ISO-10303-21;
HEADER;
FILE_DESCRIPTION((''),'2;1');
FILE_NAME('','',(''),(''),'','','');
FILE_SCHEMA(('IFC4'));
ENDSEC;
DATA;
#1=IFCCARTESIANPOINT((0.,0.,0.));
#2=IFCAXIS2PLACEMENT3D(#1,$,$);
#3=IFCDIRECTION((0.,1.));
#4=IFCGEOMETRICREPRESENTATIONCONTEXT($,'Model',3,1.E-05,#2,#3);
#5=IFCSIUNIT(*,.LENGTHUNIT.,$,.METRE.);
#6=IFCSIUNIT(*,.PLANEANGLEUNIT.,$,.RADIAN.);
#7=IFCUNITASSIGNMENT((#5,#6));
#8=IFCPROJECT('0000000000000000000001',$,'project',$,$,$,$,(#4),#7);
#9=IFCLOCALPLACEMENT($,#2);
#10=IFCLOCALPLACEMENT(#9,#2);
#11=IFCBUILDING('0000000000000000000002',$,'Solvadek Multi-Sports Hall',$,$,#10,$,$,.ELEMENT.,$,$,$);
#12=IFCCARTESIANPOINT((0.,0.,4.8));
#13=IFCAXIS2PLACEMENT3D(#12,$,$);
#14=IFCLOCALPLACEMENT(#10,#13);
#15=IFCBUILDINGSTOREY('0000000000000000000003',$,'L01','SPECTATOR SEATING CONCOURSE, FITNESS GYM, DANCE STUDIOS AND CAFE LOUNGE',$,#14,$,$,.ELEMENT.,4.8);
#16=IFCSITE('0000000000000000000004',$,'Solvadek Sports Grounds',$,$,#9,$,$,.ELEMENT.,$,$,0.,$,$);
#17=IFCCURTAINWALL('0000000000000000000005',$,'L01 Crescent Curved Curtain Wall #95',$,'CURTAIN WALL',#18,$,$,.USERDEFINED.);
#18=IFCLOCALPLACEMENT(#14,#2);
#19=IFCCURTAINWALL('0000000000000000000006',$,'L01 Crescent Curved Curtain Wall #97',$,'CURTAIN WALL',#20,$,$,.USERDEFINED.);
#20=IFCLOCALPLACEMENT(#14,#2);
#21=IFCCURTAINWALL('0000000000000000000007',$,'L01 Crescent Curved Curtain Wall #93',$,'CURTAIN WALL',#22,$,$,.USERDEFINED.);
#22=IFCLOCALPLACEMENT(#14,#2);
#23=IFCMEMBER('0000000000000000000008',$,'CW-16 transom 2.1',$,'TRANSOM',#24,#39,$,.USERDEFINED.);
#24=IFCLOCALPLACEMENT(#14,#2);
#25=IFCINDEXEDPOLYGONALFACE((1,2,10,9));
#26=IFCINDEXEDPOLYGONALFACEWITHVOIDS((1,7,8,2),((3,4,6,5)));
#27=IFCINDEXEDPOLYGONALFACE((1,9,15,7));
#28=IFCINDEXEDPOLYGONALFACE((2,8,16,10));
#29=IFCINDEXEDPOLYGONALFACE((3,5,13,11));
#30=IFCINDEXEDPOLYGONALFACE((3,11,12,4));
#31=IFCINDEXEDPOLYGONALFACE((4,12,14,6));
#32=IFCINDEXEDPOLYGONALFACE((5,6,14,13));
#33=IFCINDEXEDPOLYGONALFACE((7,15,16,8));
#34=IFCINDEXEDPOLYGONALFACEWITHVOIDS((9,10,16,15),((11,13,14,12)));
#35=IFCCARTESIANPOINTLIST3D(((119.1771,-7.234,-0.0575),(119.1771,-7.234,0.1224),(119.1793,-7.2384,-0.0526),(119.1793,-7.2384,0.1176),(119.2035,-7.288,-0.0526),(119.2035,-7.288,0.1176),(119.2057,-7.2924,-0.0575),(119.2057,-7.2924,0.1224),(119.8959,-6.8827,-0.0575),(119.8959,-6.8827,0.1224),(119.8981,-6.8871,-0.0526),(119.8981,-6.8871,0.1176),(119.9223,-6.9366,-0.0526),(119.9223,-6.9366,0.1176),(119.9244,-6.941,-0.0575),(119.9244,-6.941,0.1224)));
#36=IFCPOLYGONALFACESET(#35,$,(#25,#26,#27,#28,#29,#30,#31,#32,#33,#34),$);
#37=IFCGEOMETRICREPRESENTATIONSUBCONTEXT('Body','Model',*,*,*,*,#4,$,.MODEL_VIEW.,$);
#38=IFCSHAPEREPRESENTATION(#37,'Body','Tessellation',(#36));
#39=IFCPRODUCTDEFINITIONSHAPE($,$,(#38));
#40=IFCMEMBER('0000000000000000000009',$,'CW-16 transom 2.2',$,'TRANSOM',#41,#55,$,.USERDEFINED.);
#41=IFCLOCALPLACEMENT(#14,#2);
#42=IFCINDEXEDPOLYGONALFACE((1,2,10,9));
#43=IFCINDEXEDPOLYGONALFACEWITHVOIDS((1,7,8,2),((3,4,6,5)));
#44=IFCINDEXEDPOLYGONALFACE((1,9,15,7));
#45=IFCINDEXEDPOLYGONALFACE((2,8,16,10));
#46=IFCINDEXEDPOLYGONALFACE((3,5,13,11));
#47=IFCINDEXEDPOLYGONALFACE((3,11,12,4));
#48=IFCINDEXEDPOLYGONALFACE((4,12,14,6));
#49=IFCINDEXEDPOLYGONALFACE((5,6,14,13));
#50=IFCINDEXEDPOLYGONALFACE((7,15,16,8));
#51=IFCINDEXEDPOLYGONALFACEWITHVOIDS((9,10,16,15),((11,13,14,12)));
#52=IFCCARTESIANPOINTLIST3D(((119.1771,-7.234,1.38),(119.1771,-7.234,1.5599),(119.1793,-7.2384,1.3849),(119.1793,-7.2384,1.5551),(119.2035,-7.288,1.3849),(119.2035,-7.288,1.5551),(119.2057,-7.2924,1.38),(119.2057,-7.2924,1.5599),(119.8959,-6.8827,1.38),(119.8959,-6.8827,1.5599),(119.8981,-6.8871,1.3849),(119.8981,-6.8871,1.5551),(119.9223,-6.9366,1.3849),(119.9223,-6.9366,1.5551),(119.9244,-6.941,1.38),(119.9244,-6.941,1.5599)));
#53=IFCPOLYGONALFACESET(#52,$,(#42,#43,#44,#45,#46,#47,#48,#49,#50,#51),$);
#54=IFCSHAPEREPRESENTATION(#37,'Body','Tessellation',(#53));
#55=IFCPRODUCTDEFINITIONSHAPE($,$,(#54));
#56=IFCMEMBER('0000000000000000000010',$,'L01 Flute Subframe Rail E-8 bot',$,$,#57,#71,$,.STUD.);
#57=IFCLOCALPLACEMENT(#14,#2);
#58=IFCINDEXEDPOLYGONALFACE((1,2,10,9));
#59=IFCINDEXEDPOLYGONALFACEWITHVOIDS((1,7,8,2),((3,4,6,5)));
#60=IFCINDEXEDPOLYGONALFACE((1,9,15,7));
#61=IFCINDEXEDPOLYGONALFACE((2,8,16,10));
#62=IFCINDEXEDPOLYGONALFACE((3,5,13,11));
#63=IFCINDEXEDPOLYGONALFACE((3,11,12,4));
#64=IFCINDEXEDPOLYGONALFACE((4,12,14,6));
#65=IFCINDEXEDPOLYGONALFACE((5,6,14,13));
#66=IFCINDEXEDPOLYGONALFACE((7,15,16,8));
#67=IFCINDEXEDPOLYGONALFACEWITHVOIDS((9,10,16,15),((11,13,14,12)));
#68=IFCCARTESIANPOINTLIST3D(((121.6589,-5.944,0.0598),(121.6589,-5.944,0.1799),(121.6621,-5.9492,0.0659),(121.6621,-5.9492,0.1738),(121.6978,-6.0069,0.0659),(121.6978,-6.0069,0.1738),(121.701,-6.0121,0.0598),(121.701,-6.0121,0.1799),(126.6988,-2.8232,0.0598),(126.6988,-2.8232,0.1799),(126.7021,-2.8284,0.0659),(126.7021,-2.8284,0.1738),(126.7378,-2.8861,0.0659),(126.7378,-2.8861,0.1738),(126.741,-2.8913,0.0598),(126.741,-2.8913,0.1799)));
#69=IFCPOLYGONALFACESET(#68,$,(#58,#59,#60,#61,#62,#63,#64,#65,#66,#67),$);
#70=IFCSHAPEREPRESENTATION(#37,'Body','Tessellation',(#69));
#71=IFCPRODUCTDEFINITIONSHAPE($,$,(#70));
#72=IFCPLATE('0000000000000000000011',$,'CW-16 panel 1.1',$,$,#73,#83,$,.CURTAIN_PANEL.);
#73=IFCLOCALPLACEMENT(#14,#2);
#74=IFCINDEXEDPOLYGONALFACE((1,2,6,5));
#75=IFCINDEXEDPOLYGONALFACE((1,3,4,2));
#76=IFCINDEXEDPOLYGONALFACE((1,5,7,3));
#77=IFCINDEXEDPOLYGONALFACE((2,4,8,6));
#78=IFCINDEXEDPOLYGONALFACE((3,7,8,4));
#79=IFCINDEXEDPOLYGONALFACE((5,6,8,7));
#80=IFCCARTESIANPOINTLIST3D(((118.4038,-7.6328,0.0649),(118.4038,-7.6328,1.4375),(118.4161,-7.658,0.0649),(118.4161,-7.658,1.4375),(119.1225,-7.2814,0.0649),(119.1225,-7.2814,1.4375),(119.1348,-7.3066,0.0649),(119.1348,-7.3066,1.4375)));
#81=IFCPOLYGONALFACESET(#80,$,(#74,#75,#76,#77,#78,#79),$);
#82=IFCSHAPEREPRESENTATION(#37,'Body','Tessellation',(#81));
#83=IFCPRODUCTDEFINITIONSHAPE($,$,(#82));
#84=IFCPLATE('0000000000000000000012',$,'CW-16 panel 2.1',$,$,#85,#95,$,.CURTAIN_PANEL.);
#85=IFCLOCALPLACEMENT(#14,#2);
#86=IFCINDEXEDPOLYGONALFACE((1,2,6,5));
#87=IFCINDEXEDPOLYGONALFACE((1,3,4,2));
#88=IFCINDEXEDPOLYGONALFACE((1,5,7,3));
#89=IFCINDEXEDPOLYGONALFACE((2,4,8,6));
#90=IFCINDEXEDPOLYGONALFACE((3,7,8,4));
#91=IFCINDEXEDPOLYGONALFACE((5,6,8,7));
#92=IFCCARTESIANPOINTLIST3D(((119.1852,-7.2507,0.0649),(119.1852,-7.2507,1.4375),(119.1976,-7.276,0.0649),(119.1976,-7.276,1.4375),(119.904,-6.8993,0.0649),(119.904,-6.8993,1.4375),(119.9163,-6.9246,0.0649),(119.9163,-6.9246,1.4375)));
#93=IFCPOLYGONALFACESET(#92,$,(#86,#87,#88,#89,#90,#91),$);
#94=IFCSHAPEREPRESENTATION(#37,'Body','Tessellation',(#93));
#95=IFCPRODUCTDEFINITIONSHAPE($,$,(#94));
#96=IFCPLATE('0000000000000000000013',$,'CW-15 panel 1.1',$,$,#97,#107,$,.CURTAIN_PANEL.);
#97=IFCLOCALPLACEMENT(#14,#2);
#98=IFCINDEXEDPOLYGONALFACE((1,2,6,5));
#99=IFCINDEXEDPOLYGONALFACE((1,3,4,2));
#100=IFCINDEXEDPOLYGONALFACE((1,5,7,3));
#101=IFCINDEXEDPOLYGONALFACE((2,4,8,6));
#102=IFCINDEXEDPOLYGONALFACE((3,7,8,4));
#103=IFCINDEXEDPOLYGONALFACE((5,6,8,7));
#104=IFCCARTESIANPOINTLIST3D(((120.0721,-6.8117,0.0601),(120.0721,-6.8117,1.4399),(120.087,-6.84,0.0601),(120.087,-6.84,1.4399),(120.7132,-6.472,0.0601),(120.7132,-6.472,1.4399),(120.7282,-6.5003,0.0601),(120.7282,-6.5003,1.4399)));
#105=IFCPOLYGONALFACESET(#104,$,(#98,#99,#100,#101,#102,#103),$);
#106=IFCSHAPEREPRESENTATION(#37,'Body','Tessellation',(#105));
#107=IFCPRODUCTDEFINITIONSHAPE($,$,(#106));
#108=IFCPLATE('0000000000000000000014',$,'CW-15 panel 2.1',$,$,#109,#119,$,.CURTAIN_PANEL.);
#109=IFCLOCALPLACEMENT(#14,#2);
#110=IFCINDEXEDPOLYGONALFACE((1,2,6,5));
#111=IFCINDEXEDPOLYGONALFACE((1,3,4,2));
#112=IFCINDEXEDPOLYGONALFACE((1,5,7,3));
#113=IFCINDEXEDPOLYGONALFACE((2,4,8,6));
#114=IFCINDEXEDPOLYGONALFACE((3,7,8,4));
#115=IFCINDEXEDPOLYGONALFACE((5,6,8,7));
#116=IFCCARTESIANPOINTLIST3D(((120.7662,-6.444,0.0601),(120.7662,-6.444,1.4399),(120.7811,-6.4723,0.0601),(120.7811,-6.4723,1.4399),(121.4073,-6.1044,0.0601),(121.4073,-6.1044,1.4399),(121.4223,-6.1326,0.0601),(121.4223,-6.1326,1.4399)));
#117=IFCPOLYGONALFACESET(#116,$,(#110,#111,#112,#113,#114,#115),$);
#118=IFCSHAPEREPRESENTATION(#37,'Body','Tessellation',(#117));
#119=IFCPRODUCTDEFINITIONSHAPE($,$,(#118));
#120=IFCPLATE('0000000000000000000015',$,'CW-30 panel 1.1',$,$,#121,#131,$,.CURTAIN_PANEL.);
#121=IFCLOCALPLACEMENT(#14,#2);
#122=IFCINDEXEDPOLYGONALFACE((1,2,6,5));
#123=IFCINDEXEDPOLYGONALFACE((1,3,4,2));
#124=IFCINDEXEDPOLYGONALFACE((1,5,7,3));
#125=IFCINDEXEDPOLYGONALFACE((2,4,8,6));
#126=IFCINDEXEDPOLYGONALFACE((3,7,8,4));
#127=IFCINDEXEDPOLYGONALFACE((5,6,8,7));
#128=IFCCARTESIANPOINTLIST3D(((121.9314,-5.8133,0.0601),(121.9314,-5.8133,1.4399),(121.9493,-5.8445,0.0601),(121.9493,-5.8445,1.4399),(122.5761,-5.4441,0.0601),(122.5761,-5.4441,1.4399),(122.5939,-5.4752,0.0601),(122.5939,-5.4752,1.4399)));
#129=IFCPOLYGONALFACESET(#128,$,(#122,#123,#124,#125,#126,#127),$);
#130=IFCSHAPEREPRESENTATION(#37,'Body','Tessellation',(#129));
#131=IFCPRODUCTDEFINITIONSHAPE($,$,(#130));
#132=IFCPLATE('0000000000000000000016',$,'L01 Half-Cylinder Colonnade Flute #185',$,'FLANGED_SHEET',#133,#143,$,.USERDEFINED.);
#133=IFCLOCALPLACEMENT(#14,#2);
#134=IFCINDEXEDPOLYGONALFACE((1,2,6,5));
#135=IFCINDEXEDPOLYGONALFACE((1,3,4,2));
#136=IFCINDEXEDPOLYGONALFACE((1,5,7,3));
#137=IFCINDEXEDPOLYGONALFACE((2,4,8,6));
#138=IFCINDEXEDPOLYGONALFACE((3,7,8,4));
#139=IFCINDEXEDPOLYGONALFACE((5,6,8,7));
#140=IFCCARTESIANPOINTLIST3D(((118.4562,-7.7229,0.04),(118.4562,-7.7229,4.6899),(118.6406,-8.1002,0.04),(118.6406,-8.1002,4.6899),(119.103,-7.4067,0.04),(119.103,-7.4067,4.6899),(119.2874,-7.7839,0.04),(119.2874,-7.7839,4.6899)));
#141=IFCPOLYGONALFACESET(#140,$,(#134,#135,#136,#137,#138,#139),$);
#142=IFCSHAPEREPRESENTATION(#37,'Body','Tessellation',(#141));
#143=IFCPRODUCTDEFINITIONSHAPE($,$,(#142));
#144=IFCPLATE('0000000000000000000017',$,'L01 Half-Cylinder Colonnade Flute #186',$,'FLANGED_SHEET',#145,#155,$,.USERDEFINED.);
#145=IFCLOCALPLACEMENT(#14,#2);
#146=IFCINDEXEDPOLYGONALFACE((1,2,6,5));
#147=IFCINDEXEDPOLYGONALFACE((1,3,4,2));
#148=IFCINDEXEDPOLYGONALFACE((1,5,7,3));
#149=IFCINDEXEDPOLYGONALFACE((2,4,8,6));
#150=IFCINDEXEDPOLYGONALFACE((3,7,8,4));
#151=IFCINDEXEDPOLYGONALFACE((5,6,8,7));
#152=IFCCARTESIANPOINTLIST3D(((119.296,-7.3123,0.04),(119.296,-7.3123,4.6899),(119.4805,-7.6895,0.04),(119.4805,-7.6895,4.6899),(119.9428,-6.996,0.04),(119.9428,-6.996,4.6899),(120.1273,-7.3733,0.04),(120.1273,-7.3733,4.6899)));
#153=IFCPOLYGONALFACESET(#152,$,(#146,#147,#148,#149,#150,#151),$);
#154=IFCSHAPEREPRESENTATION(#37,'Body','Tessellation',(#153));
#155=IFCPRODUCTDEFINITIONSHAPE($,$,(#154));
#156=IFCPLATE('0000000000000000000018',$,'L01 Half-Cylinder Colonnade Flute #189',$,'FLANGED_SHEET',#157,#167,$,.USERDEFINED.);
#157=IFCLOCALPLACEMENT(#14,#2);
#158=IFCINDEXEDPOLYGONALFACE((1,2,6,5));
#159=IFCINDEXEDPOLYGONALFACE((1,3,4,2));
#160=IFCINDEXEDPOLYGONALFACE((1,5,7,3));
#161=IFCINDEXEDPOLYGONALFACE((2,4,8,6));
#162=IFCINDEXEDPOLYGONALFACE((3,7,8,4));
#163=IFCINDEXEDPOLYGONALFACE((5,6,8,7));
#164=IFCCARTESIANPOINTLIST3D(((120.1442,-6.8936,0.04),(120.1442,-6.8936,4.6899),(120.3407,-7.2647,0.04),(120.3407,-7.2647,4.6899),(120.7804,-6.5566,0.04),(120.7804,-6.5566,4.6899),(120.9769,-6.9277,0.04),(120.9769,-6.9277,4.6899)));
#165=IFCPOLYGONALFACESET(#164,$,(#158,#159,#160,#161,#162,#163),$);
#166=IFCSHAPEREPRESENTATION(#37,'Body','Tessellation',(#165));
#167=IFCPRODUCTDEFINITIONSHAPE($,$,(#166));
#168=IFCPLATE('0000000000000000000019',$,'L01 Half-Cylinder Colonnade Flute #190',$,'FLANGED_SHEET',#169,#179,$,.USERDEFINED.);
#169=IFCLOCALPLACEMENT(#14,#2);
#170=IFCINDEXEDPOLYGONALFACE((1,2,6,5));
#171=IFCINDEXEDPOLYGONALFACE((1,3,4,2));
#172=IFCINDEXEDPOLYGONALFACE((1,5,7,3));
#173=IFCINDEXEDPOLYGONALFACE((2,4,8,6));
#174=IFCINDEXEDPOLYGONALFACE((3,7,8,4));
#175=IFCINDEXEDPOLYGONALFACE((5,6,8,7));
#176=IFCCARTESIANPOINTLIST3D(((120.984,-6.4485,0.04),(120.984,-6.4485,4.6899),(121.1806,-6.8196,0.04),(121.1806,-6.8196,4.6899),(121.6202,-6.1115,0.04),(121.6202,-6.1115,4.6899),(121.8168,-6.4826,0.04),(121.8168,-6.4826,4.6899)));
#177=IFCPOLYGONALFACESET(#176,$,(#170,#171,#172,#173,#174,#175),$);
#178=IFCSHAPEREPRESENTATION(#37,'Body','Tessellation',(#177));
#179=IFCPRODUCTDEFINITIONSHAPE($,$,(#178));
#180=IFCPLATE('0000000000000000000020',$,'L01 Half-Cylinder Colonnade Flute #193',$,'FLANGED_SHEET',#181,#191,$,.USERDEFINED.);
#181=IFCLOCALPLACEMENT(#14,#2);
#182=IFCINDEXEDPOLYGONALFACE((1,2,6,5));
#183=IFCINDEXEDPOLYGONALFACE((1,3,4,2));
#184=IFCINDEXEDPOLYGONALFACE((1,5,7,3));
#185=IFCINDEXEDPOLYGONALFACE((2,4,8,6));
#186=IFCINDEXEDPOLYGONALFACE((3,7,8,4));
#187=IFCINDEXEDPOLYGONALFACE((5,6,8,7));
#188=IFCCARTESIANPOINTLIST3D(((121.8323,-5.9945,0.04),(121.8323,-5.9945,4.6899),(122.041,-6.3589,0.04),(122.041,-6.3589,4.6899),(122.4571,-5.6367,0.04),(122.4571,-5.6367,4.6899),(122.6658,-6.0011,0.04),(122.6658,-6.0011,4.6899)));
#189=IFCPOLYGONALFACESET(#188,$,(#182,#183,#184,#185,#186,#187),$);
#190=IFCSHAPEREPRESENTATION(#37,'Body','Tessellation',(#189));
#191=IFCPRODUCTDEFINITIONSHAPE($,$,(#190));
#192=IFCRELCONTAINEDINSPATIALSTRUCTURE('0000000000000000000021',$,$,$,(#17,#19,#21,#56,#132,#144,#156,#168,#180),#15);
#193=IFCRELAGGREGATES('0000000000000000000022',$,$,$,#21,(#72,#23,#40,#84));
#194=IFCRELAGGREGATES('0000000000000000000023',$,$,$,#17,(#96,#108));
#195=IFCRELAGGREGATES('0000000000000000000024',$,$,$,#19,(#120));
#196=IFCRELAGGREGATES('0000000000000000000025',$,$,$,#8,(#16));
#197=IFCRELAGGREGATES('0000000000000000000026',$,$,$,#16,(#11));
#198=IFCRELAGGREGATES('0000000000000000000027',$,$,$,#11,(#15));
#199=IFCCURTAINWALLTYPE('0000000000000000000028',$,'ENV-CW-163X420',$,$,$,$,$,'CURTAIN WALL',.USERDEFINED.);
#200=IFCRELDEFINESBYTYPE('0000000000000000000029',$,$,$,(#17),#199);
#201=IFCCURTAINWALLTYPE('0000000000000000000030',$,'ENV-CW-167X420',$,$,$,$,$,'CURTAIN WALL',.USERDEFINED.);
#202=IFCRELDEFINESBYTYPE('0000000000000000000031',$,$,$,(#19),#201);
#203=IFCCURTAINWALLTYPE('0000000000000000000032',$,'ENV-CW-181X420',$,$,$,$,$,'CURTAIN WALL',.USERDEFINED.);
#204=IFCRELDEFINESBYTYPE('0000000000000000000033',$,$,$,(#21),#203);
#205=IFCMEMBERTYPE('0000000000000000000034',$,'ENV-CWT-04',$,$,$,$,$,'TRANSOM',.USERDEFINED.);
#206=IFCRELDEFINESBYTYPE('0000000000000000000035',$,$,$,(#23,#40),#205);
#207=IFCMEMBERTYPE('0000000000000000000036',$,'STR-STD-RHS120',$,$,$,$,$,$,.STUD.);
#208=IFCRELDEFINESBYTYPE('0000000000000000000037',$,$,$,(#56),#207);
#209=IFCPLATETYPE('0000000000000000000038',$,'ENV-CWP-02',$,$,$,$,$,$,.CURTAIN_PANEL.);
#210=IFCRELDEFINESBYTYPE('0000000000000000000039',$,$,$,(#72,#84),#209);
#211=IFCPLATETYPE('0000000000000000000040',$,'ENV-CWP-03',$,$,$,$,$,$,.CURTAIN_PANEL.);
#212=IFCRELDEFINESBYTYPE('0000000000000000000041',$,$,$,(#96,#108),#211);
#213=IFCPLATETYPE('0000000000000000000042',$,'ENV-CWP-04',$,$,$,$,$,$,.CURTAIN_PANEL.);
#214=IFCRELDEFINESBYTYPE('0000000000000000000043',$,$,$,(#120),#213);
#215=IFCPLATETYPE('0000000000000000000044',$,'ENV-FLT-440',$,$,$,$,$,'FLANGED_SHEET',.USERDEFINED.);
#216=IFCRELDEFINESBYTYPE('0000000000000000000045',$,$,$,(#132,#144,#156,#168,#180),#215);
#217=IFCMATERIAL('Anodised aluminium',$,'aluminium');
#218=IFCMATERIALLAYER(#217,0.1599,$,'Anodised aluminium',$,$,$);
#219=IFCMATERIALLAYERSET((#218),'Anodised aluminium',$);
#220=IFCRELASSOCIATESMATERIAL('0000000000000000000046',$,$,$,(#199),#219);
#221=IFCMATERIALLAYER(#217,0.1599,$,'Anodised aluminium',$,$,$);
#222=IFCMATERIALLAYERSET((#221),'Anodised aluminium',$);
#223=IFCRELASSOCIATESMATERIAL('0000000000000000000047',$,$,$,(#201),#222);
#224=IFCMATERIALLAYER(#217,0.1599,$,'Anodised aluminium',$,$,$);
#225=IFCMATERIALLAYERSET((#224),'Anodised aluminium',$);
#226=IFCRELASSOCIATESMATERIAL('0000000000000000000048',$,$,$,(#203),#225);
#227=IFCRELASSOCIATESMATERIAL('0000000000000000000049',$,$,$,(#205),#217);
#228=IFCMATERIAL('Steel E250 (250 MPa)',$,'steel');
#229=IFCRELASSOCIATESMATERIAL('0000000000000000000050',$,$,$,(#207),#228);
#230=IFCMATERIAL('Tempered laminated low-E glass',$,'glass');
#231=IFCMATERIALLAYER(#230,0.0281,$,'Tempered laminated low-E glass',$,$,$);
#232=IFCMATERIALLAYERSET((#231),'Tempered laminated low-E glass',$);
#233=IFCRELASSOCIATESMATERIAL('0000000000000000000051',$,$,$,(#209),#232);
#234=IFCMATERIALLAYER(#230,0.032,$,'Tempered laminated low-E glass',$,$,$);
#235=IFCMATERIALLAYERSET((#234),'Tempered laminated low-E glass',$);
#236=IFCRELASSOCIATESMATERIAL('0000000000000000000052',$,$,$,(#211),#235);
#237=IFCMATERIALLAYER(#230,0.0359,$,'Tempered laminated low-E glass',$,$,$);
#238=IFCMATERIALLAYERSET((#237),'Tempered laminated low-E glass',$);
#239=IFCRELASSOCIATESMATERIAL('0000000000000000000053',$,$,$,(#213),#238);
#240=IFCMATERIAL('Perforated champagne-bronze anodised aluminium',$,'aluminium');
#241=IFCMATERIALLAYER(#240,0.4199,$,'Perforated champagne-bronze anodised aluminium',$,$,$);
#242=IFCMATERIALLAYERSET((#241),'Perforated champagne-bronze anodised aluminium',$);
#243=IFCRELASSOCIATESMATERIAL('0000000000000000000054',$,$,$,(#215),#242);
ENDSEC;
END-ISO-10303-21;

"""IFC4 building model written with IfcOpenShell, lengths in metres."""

from ifc_helpers import new_model, si_unit, direction, frame, origin, origin_2d, place, context, subcontext, project, spatial, rectangle, hollow_rectangle, extrude, material, layer, layer_set, material_profile, profile_set, type_object, element, aggregate, save


model = new_model("IFC4")

# Units and contexts
model_context = context("Model", 3, precision=1e-05, world=origin(), true_north=direction((0.0, 1.0)))
body_context = subcontext(model_context, "Body", "Model", "MODEL_VIEW")
ifc_project = project(units=[si_unit("LENGTHUNIT", "METRE"), si_unit("PLANEANGLEUNIT", "RADIAN")], contexts=[model_context])

# Site, building, storey
site_placement = place(None, origin())
site = spatial("IfcSite", under=ifc_project, at=site_placement, Name="Solvadek Sports Grounds", CompositionType="ELEMENT", RefElevation=0.0)
building_placement = place(site_placement, origin())
building = spatial("IfcBuilding", under=site, at=building_placement, Name="Solvadek Multi-Sports Hall", CompositionType="ELEMENT")
storey_placement = place(building_placement, frame((0.0, 0.0, 4.8)))
storey = spatial("IfcBuildingStorey", under=building, at=storey_placement, Name="L01", Description="SPECTATOR SEATING CONCOURSE, FITNESS GYM, DANCE STUDIOS AND CAFE LOUNGE", CompositionType="ELEMENT", Elevation=4.8)

# Curtain wall
ifc_material_1 = material(Name="Anodised aluminium", Category="aluminium")
ifc_layer_1 = layer(ifc_material_1, 0.1599, Name="Anodised aluminium")
ifc_layer_set_1 = layer_set([ifc_layer_1], Name="Anodised aluminium")
curtain_wall_type_1 = type_object("IfcCurtainWallType", Name="ENV-CW-163X420", ElementType="CURTAIN WALL", PredefinedType="USERDEFINED", material=ifc_layer_set_1)
curtain_wall_1_placement = place(storey_placement, origin())
curtain_wall_1 = element("IfcCurtainWall", 1, at=curtain_wall_1_placement, inside=storey, type_object=curtain_wall_type_1, Name="L01 Crescent Curved Curtain Wall #95", ObjectType="CURTAIN WALL", PredefinedType="USERDEFINED")

# Curtain wall
ifc_layer_2 = layer(ifc_material_1, 0.1599, Name="Anodised aluminium")
ifc_layer_set_2 = layer_set([ifc_layer_2], Name="Anodised aluminium")
curtain_wall_type_2 = type_object("IfcCurtainWallType", Name="ENV-CW-167X420", ElementType="CURTAIN WALL", PredefinedType="USERDEFINED", material=ifc_layer_set_2)
curtain_wall_2_placement = place(storey_placement, origin())
curtain_wall_2 = element("IfcCurtainWall", 2, at=curtain_wall_2_placement, inside=storey, type_object=curtain_wall_type_2, Name="L01 Crescent Curved Curtain Wall #97", ObjectType="CURTAIN WALL", PredefinedType="USERDEFINED")

# Curtain wall
ifc_layer_3 = layer(ifc_material_1, 0.1599, Name="Anodised aluminium")
ifc_layer_set_3 = layer_set([ifc_layer_3], Name="Anodised aluminium")
curtain_wall_type_3 = type_object("IfcCurtainWallType", Name="ENV-CW-181X420", ElementType="CURTAIN WALL", PredefinedType="USERDEFINED", material=ifc_layer_set_3)
curtain_wall_3_placement = place(storey_placement, origin())
curtain_wall_3 = element("IfcCurtainWall", 3, at=curtain_wall_3_placement, inside=storey, type_object=curtain_wall_type_3, Name="L01 Crescent Curved Curtain Wall #93", ObjectType="CURTAIN WALL", PredefinedType="USERDEFINED")

# Members
ifc_material_profile_1 = material_profile(ifc_material_1, hollow_rectangle(XDim=0.0649, YDim=0.1799, WallThickness=0.0049, at=origin_2d()), Name="ALU-T 180x65x5")
ifc_profile_set_1 = profile_set([ifc_material_profile_1], Name="Anodised aluminium")
member_type_1 = type_object("IfcMemberType", Name="ENV-CWT-04", ElementType="TRANSOM", PredefinedType="USERDEFINED", material=ifc_profile_set_1)
member_1_placement = place(storey_placement, frame((119.1914, -7.2632, 0.0325), z_axis=(0.898419, 0.439139, 0.0), x_axis=(-0.439139, 0.898419, 0.0)))
member_1 = element("IfcMember", 4, at=member_1_placement, type_object=member_type_1, Name="CW-16 transom 2.1", ObjectType="TRANSOM", PredefinedType="USERDEFINED", context=body_context, shape_type="SweptSolid", body=[
    extrude(hollow_rectangle(XDim=0.0649, YDim=0.1799, WallThickness=0.0049, at=origin_2d()), origin(), (0.0, 0.0, 1.0), 0.8),
])
member_2_placement = place(storey_placement, frame((119.1914, -7.2632, 1.47), z_axis=(0.898419, 0.439139, 0.0), x_axis=(-0.439139, 0.898419, 0.0)))
member_2 = element("IfcMember", 5, at=member_2_placement, type_object=member_type_1, Name="CW-16 transom 2.2", ObjectType="TRANSOM", PredefinedType="USERDEFINED", context=body_context, shape_type="SweptSolid", body=[
    extrude(hollow_rectangle(XDim=0.0649, YDim=0.1799, WallThickness=0.0049, at=origin_2d()), origin(), (0.0, 0.0, 1.0), 0.8),
])
ifc_material_2 = material(Name="Steel E250 (250 MPa)", Category="steel")
ifc_material_profile_2 = material_profile(ifc_material_2, hollow_rectangle(XDim=0.0801, YDim=0.1201, WallThickness=0.0061, at=origin_2d()), Name="RHS 120x80x6")
ifc_profile_set_2 = profile_set([ifc_material_profile_2], Name="Steel E250 (250 MPa)")
member_type_2 = type_object("IfcMemberType", Name="STR-STD-RHS120", PredefinedType="STUD", material=ifc_profile_set_2)
member_3_placement = place(storey_placement, frame((121.6799, -5.978, 0.1199), z_axis=(0.850203, 0.526455, 0.0), x_axis=(-0.526455, 0.850203, 0.0)))
element("IfcMember", 6, at=member_3_placement, inside=storey, type_object=member_type_2, Name="L01 Flute Subframe Rail E-8 bot", PredefinedType="STUD", context=body_context, shape_type="SweptSolid", body=[
    extrude(hollow_rectangle(XDim=0.0801, YDim=0.1201, WallThickness=0.0061, at=origin_2d()), origin(), (0.0, 0.0, 1.0), 5.928),
])

# Plates
ifc_material_3 = material(Name="Tempered laminated low-E glass", Category="glass")
ifc_layer_4 = layer(ifc_material_3, 0.0281, Name="Tempered laminated low-E glass")
ifc_layer_set_4 = layer_set([ifc_layer_4], Name="Tempered laminated low-E glass")
plate_type_1 = type_object("IfcPlateType", Name="ENV-CWP-02", PredefinedType="CURTAIN_PANEL", material=ifc_layer_set_4)
plate_1_placement = place(storey_placement, frame((118.7693, -7.4697, 0.0649), z_axis=(0.0, 0.0, 1.0), x_axis=(0.89837, 0.43924, 0.0)))
plate_1 = element("IfcPlate", 7, at=plate_1_placement, type_object=plate_type_1, Name="CW-16 panel 1.1", PredefinedType="CURTAIN_PANEL", context=body_context, shape_type="SweptSolid", body=[
    extrude(rectangle(XDim=0.8, YDim=0.0281, at=origin_2d()), origin(), (0.0, 0.0, 1.0), 1.3726),
])
plate_2_placement = place(storey_placement, frame((119.5508, -7.0876, 0.0649), z_axis=(0.0, 0.0, 1.0), x_axis=(0.89837, 0.43924, 0.0)))
plate_2 = element("IfcPlate", 8, at=plate_2_placement, type_object=plate_type_1, Name="CW-16 panel 2.1", PredefinedType="CURTAIN_PANEL", context=body_context, shape_type="SweptSolid", body=[
    extrude(rectangle(XDim=0.8, YDim=0.0281, at=origin_2d()), origin(), (0.0, 0.0, 1.0), 1.3726),
])
aggregate(curtain_wall_3, [plate_1, member_1, member_2, plate_2])
ifc_layer_5 = layer(ifc_material_3, 0.032, Name="Tempered laminated low-E glass")
ifc_layer_set_5 = layer_set([ifc_layer_5], Name="Tempered laminated low-E glass")
plate_type_2 = type_object("IfcPlateType", Name="ENV-CWP-03", PredefinedType="CURTAIN_PANEL", material=ifc_layer_set_5)
plate_3_placement = place(storey_placement, frame((120.4001, -6.656, 0.0601), z_axis=(0.0, 0.0, 1.0), x_axis=(0.88366, 0.46813, 0.0)))
plate_3 = element("IfcPlate", 9, at=plate_3_placement, type_object=plate_type_2, Name="CW-15 panel 1.1", PredefinedType="CURTAIN_PANEL", context=body_context, shape_type="SweptSolid", body=[
    extrude(rectangle(XDim=0.7256, YDim=0.032, at=origin_2d()), origin(), (0.0, 0.0, 1.0), 1.3799),
])
plate_4_placement = place(storey_placement, frame((121.0942, -6.2883, 0.0601), z_axis=(0.0, 0.0, 1.0), x_axis=(0.88366, 0.46813, 0.0)))
plate_4 = element("IfcPlate", 10, at=plate_4_placement, type_object=plate_type_2, Name="CW-15 panel 2.1", PredefinedType="CURTAIN_PANEL", context=body_context, shape_type="SweptSolid", body=[
    extrude(rectangle(XDim=0.7256, YDim=0.032, at=origin_2d()), origin(), (0.0, 0.0, 1.0), 1.3799),
])
aggregate(curtain_wall_1, [plate_3, plate_4])
ifc_layer_6 = layer(ifc_material_3, 0.0359, Name="Tempered laminated low-E glass")
ifc_layer_set_6 = layer_set([ifc_layer_6], Name="Tempered laminated low-E glass")
plate_type_3 = type_object("IfcPlateType", Name="ENV-CWP-04", PredefinedType="CURTAIN_PANEL", material=ifc_layer_set_6)
plate_5_placement = place(storey_placement, frame((122.2627, -5.6443, 0.0601), z_axis=(0.0, 0.0, 1.0), x_axis=(0.867755, 0.496992, 0.0)))
plate_5 = element("IfcPlate", 11, at=plate_5_placement, type_object=plate_type_3, Name="CW-30 panel 1.1", PredefinedType="CURTAIN_PANEL", context=body_context, shape_type="SweptSolid", body=[
    extrude(rectangle(XDim=0.7429, YDim=0.0359, at=origin_2d()), origin(), (0.0, 0.0, 1.0), 1.3799),
])
aggregate(curtain_wall_2, [plate_5])

# Plates
ifc_material_4 = material(Name="Perforated champagne-bronze anodised aluminium", Category="aluminium")
ifc_layer_7 = layer(ifc_material_4, 0.4199, Name="Perforated champagne-bronze anodised aluminium")
ifc_layer_set_7 = layer_set([ifc_layer_7], Name="Perforated champagne-bronze anodised aluminium")
plate_type_4 = type_object("IfcPlateType", Name="ENV-FLT-440", ElementType="FLANGED_SHEET", PredefinedType="USERDEFINED", material=ifc_layer_set_7)
for number, where, z_axis, x_axis, name in (
    (12, (118.8718, -7.7534, 0.04), (0.0, 0.0, 1.0), (0.89837, 0.439239, 0.0), "L01 Half-Cylinder Colonnade Flute #185"),
    (13, (119.7117, -7.3428, 0.04), (0.0, 0.0, 1.0), (0.89837, 0.439239, 0.0), "L01 Half-Cylinder Colonnade Flute #186"),
    (14, (120.5605, -6.9106, 0.04), (0.0, 0.0, 1.0), (0.883682, 0.468088, 0.0), "L01 Half-Cylinder Colonnade Flute #189"),
    (15, (121.4004, -6.4656, 0.04), (0.0, 0.0, 1.0), (0.883682, 0.468088, 0.0), "L01 Half-Cylinder Colonnade Flute #190"),
    (16, (122.249, -5.9978, 0.04), (0.0, 0.0, 1.0), (0.867753, 0.496995, 0.0), "L01 Half-Cylinder Colonnade Flute #193"),
):
    element("IfcPlate", number, at=place(storey_placement, frame(where, z_axis=z_axis, x_axis=x_axis)), inside=storey, type_object=plate_type_4, Name=name, ObjectType="FLANGED_SHEET", PredefinedType="USERDEFINED", context=body_context, shape_type="SweptSolid", body=[
        extrude(rectangle(XDim=0.72, YDim=0.4199, at=origin_2d()), origin(), (0.0, 0.0, 1.0), 4.6499),
    ])

save(model, "model.ifc")
